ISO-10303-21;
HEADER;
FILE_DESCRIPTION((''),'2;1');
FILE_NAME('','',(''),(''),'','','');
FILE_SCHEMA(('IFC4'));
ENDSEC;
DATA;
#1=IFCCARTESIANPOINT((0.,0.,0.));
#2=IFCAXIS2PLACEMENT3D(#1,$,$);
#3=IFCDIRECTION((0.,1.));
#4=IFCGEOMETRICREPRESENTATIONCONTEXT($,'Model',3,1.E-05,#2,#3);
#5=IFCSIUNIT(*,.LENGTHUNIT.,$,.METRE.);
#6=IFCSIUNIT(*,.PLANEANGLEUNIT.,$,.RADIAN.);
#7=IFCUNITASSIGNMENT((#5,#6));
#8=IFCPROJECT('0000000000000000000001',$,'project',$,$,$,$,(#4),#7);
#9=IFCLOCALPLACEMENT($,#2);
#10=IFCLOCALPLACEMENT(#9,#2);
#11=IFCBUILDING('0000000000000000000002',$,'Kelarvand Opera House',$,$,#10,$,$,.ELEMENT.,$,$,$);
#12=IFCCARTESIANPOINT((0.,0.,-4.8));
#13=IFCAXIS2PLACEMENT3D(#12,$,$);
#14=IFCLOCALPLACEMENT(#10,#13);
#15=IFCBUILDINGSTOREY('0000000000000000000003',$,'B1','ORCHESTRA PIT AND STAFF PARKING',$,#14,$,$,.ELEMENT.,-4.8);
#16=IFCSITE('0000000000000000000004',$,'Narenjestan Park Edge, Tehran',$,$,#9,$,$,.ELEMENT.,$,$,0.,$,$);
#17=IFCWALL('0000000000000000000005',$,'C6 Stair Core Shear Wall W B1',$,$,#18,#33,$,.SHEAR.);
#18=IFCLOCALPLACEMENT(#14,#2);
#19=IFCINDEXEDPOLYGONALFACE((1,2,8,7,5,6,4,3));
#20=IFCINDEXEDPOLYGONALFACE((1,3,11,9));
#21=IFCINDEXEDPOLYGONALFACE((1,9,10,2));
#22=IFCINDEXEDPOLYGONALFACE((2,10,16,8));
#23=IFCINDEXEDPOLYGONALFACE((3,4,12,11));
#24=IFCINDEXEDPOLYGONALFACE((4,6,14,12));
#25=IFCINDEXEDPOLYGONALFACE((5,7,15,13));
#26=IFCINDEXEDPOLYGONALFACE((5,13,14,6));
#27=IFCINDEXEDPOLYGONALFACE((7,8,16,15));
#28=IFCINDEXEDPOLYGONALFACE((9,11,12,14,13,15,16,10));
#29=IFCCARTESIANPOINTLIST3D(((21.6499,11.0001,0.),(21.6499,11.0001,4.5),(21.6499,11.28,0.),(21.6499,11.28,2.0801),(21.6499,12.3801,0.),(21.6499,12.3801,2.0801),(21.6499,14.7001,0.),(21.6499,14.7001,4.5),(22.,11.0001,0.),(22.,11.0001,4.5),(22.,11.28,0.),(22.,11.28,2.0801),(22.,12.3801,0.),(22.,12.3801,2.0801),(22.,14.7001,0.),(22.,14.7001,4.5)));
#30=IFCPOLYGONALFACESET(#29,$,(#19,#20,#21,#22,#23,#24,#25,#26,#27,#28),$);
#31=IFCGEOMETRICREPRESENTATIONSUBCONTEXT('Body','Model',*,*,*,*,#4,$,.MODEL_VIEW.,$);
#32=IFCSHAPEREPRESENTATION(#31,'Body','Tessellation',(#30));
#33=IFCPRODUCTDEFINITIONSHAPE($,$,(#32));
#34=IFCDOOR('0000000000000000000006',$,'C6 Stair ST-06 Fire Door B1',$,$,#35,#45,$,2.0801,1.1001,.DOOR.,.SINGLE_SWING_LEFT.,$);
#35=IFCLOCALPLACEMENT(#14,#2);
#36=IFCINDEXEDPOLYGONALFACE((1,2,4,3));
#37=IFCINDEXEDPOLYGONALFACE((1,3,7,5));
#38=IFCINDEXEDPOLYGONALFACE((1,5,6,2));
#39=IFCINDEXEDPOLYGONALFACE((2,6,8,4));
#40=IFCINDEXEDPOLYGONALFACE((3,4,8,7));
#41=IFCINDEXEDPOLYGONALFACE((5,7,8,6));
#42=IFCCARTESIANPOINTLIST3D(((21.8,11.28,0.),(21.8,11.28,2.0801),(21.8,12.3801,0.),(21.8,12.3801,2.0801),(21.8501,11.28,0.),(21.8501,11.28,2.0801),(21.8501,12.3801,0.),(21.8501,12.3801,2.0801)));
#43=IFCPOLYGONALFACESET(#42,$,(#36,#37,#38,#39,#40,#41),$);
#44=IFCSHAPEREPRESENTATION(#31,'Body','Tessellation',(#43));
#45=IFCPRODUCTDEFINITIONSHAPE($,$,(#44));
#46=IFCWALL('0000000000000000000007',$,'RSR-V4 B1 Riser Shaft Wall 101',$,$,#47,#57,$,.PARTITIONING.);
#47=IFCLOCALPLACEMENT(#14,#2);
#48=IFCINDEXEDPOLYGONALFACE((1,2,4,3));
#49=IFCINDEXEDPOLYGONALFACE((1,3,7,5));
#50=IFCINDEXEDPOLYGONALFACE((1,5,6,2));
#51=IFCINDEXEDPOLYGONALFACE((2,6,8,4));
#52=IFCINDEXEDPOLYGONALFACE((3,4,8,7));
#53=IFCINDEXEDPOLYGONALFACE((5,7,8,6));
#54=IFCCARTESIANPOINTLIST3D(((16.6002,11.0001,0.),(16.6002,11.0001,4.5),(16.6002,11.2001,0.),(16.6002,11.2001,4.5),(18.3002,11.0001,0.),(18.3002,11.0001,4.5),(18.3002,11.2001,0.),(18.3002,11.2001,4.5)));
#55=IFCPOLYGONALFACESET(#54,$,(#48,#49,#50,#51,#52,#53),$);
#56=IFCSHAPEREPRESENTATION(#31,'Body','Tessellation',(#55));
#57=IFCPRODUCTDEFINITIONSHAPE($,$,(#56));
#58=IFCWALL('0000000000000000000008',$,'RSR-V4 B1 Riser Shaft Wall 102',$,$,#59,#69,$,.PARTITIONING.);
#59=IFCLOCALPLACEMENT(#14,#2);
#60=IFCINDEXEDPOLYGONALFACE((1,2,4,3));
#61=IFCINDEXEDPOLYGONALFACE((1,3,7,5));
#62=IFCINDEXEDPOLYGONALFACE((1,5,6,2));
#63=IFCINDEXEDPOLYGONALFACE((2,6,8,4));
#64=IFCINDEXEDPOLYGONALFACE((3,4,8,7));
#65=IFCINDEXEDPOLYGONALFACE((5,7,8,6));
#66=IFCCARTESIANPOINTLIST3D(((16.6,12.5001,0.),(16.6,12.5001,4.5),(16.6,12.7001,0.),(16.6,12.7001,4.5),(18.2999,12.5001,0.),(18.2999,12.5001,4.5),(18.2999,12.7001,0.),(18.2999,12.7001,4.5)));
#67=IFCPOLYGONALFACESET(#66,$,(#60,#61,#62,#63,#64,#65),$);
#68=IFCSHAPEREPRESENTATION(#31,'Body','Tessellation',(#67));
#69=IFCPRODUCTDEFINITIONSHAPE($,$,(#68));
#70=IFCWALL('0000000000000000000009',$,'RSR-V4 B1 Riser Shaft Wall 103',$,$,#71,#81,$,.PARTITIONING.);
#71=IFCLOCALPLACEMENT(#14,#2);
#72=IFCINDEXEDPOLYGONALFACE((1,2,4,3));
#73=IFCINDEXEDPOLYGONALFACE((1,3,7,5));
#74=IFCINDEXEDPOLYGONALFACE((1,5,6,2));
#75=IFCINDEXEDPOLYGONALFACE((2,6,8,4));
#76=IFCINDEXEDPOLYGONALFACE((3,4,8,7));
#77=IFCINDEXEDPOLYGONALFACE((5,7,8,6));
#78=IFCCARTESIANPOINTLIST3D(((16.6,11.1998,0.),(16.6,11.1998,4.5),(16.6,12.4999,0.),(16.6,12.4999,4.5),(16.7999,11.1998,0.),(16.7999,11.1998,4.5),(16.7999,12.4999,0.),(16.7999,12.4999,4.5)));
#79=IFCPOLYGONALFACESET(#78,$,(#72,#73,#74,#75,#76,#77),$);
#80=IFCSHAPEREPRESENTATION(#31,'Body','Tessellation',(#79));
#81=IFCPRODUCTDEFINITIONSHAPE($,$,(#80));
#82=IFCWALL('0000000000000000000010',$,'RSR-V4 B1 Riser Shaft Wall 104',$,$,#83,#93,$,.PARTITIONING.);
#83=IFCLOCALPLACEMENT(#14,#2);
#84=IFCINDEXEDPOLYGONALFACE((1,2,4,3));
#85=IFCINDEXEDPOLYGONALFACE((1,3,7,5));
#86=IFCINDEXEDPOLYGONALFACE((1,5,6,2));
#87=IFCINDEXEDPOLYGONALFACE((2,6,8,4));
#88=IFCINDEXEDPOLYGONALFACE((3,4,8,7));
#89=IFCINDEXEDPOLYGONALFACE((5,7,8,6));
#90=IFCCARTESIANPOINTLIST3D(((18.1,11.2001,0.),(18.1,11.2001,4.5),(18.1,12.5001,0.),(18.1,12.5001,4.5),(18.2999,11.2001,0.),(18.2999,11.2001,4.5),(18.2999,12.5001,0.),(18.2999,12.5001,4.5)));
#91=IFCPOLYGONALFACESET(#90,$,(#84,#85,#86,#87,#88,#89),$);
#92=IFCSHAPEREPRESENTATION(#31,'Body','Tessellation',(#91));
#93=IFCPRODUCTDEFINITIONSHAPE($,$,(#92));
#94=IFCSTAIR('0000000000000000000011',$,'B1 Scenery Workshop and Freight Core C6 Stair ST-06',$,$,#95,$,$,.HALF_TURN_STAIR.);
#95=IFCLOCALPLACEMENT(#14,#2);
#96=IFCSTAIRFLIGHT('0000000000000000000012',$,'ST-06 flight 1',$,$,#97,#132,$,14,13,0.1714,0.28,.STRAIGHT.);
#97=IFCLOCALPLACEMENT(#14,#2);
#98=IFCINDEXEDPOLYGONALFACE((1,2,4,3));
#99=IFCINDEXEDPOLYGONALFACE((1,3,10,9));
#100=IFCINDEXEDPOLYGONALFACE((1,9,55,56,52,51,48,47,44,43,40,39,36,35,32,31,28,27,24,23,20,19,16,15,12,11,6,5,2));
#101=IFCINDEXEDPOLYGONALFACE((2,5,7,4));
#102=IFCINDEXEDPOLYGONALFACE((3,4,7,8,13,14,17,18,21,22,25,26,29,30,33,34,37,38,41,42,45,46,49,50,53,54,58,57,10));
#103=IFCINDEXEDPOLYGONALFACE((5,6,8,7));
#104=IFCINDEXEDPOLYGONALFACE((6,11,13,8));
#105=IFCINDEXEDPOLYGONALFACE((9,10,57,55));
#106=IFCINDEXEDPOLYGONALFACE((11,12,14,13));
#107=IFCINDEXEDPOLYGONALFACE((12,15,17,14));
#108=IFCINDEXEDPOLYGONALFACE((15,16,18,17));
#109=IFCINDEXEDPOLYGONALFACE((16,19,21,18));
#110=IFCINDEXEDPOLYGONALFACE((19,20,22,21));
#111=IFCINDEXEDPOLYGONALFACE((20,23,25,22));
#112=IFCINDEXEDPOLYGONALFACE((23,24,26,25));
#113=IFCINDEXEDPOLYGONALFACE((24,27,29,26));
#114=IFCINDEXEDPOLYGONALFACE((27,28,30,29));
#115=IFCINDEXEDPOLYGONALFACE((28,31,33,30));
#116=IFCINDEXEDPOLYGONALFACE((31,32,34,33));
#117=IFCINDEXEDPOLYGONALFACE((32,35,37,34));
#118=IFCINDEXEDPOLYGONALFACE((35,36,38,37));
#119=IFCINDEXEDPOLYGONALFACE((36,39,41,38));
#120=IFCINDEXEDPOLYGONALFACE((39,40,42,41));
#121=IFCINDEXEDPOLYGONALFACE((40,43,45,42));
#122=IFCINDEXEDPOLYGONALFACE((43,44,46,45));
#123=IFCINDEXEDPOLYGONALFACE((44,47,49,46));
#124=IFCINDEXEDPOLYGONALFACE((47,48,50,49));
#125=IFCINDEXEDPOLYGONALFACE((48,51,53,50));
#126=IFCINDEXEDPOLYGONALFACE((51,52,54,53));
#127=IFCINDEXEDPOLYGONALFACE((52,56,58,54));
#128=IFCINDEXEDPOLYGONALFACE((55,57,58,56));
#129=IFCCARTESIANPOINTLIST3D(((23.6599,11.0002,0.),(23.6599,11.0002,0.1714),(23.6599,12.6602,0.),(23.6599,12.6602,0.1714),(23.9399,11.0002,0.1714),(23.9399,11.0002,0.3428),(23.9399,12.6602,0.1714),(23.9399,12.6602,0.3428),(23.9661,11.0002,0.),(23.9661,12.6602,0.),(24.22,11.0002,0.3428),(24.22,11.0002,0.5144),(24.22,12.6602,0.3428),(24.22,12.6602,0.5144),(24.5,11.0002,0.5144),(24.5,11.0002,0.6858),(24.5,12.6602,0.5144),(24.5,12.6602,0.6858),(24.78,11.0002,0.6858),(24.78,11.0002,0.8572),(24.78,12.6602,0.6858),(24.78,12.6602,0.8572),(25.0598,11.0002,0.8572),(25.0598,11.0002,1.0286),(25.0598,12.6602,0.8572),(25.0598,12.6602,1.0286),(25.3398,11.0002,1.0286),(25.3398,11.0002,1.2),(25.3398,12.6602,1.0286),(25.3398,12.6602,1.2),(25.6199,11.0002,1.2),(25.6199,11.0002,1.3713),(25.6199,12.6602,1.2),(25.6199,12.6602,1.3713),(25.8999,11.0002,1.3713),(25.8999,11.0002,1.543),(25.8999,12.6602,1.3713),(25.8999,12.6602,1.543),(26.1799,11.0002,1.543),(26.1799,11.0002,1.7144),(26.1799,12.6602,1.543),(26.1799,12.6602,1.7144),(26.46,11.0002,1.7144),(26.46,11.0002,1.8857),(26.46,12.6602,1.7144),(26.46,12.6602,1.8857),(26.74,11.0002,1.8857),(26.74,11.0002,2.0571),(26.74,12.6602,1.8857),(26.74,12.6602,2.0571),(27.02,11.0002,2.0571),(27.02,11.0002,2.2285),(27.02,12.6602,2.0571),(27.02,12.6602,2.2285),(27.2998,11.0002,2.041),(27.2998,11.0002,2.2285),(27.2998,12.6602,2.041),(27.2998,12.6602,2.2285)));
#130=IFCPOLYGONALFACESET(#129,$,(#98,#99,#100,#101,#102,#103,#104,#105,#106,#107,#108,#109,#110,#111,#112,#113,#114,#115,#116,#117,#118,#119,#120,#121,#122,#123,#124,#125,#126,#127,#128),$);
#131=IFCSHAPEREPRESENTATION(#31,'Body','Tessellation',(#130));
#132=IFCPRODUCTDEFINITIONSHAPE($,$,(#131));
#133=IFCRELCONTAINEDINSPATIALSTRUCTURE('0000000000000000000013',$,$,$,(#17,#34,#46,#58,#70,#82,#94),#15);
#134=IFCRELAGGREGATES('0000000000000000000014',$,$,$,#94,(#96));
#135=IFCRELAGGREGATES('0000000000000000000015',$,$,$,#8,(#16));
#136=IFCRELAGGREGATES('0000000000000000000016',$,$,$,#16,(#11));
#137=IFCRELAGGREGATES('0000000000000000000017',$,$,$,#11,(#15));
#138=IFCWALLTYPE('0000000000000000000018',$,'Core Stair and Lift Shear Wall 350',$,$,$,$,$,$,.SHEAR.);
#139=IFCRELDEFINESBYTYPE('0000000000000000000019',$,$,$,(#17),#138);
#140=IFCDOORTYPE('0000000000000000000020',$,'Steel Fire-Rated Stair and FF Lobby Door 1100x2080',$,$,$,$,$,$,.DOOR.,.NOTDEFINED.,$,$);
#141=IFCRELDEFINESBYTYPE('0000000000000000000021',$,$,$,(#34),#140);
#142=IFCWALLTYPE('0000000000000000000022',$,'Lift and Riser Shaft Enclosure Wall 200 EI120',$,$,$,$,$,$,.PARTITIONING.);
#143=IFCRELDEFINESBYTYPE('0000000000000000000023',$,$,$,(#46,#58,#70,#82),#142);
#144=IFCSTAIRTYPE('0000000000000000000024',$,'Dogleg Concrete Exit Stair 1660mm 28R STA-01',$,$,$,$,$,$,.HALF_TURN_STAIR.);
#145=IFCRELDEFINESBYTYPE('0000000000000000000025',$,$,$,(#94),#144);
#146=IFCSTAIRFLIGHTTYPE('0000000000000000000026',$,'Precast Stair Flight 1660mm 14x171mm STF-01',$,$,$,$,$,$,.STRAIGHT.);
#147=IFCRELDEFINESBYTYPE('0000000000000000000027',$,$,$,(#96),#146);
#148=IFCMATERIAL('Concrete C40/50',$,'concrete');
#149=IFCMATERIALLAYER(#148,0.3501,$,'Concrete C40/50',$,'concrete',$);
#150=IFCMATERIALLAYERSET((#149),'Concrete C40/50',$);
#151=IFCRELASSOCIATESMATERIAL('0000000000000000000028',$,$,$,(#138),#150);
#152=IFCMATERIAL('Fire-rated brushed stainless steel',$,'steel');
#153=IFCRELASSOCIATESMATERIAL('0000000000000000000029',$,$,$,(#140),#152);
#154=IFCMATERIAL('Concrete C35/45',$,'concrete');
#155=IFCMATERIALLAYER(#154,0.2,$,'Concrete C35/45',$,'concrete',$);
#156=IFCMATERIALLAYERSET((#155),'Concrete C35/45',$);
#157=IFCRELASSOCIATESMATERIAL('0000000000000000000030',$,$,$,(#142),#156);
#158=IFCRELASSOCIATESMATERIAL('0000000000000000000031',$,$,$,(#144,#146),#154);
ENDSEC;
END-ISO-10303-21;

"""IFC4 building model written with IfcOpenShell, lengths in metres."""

from ifc_helpers import new_model, si_unit, direction, frame, frame_2d, origin, place, context, subcontext, project, spatial, polyline, rectangle, outline, extrude, material, layer, layer_set, type_object, element, fill, aggregate, save


model = new_model("IFC4")

# Units and contexts
model_context = context("Model", 3, precision=1e-05, world=origin(), true_north=direction((0.0, 1.0)))
body_context = subcontext(model_context, "Body", "Model", "MODEL_VIEW")
ifc_project = project(units=[si_unit("LENGTHUNIT", "METRE"), si_unit("PLANEANGLEUNIT", "RADIAN")], contexts=[model_context])

# Site, building, storey
site_placement = place(None, origin())
site = spatial("IfcSite", under=ifc_project, at=site_placement, Name="Narenjestan Park Edge, Tehran", CompositionType="ELEMENT", RefElevation=0.0)
building_placement = place(site_placement, origin())
building = spatial("IfcBuilding", under=site, at=building_placement, Name="Kelarvand Opera House", CompositionType="ELEMENT")
storey_placement = place(building_placement, frame((0.0, 0.0, -4.8)))
storey = spatial("IfcBuildingStorey", under=building, at=storey_placement, Name="B1", Description="ORCHESTRA PIT AND STAFF PARKING", CompositionType="ELEMENT", Elevation=-4.8)

# Shared definitions
ifc_material_1 = material(Name="Concrete C40/50", Category="concrete")

# Shared definitions
ifc_material_2 = material(Name="Concrete C35/45", Category="concrete")

# Shared definitions
ifc_layer_1 = layer(ifc_material_1, 0.3501, Name="Concrete C40/50", Category="concrete")
ifc_layer_set_1 = layer_set([ifc_layer_1], Name="Concrete C40/50")
wall_type_1 = type_object("IfcWallType", Name="Core Stair and Lift Shear Wall 350", PredefinedType="SHEAR", material=ifc_layer_set_1)

# Wall, opening, door
wall_1_placement = place(storey_placement, frame((21.825, 11.0, 0.0), z_axis=(0.0, 0.0, 1.0), x_axis=(0.0, 1.0, 0.0)))
wall_1 = element("IfcWall", 1, at=wall_1_placement, inside=storey, type_object=wall_type_1, Name="C6 Stair Core Shear Wall W B1", PredefinedType="SHEAR", context=body_context, shape_type="SweptSolid", body=[
    extrude(rectangle(XDim=3.7, YDim=0.3501, at=frame_2d((1.8501, 0.0))), origin(), (0.0, 0.0, 1.0), 4.5),
])
opening_placement = place(wall_1_placement, frame((0.28, 0.0, 0.0)))
opening = element("IfcOpeningElement", 2, at=opening_placement, cuts=wall_1, PredefinedType="OPENING", context=body_context, shape_type="SweptSolid", body=[
    extrude(rectangle(XDim=1.1001, YDim=2.0801, at=frame_2d((0.55, 1.04))), frame((0.0, 0.1851, 0.0), z_axis=(0.0, -1.0, 0.0), x_axis=(1.0, 0.0, 0.0)), (0.0, 0.0, 1.0), 0.3701),
])
ifc_material_3 = material(Name="Fire-rated brushed stainless steel", Category="steel")
door_type = type_object("IfcDoorType", Name="Steel Fire-Rated Stair and FF Lobby Door 1100x2080", OperationType="NOTDEFINED", PredefinedType="DOOR", material=ifc_material_3)
door_placement = place(opening_placement, origin())
door = element("IfcDoor", 3, at=door_placement, inside=storey, type_object=door_type, Name="C6 Stair ST-06 Fire Door B1", OperationType="SINGLE_SWING_LEFT", OverallHeight=2.0801, OverallWidth=1.1001, PredefinedType="DOOR", context=body_context, shape_type="SweptSolid", body=[
    extrude(rectangle(XDim=1.1001, YDim=2.0801, at=frame_2d((0.55, 1.04))), frame((0.0, 0.0249, 0.0), z_axis=(0.0, -1.0, 0.0), x_axis=(1.0, 0.0, 0.0)), (0.0, 0.0, 1.0), 0.05),
])
fill(opening, door)

# Walls
ifc_layer_2 = layer(ifc_material_2, 0.2, Name="Concrete C35/45", Category="concrete")
ifc_layer_set_2 = layer_set([ifc_layer_2], Name="Concrete C35/45")
wall_type_2 = type_object("IfcWallType", Name="Lift and Riser Shaft Enclosure Wall 200 EI120", PredefinedType="PARTITIONING", material=ifc_layer_set_2)
for number, where, z_axis, x_axis, name in (
    (4, (16.6001, 11.1001, 0.0), (0.0, 0.0, 1.0), (1.0, 0.0, 0.0), "RSR-V4 B1 Riser Shaft Wall 101"),
    (5, (18.3, 12.6001, 0.0), (0.0, 0.0, 1.0), (-1.0, 0.0, 0.0), "RSR-V4 B1 Riser Shaft Wall 102"),
):
    element("IfcWall", number, at=place(storey_placement, frame(where, z_axis=z_axis, x_axis=x_axis)), inside=storey, type_object=wall_type_2, Name=name, PredefinedType="PARTITIONING", context=body_context, shape_type="SweptSolid", body=[
        extrude(rectangle(XDim=1.7, YDim=0.2, at=frame_2d((0.8501, 0.0))), origin(), (0.0, 0.0, 1.0), 4.5),
    ])
for number, where, z_axis, x_axis, name in (
    (6, (16.7, 11.2, 0.0), (0.0, 0.0, 1.0), (0.0, 1.0, 0.0), "RSR-V4 B1 Riser Shaft Wall 103"),
    (7, (18.2, 12.5, 0.0), (0.0, 0.0, 1.0), (0.0, -1.0, 0.0), "RSR-V4 B1 Riser Shaft Wall 104"),
):
    element("IfcWall", number, at=place(storey_placement, frame(where, z_axis=z_axis, x_axis=x_axis)), inside=storey, type_object=wall_type_2, Name=name, PredefinedType="PARTITIONING", context=body_context, shape_type="SweptSolid", body=[
        extrude(rectangle(XDim=1.3, YDim=0.2, at=frame_2d((0.6499, 0.0))), origin(), (0.0, 0.0, 1.0), 4.5),
    ])

# Stair, stair flight
stair_type = type_object("IfcStairType", Name="Dogleg Concrete Exit Stair 1660mm 28R STA-01", PredefinedType="HALF_TURN_STAIR", material=ifc_material_2)
stair_placement = place(storey_placement, origin())
stair = element("IfcStair", 8, at=stair_placement, inside=storey, type_object=stair_type, Name="B1 Scenery Workshop and Freight Core C6 Stair ST-06", PredefinedType="HALF_TURN_STAIR")
stair_flight_type = type_object("IfcStairFlightType", Name="Precast Stair Flight 1660mm 14x171mm STF-01", PredefinedType="STRAIGHT", material=ifc_material_2)
stair_flight_placement = place(storey_placement, frame((23.6599, 11.8301, 0.0), z_axis=(0.0, 0.0, 1.0), x_axis=(1.0, 0.0, 0.0)))
stair_flight = element("IfcStairFlight", 9, at=stair_flight_placement, type_object=stair_flight_type, Name="ST-06 flight 1", NumberOfRisers=14, NumberOfTreads=13, PredefinedType="STRAIGHT", RiserHeight=0.1714, TreadLength=0.28, context=body_context, shape_type="SweptSolid", body=[
    extrude(outline(polyline([(0.0, 0.0), (0.0, 0.1714), (0.28, 0.1714), (0.28, 0.3428), (0.5601, 0.3428), (0.5601, 0.5144), (0.8401, 0.5144), (0.8401, 0.6858), (1.1201, 0.6858), (1.1201, 0.8572), (1.3999, 0.8572), (1.3999, 1.0286), (1.6799, 1.0286), (1.6799, 1.2), (1.96, 1.2), (1.96, 1.3713), (2.24, 1.3713), (2.24, 1.543), (2.52, 1.543), (2.52, 1.7144), (2.8, 1.7144), (2.8, 1.8857), (3.0801, 1.8857), (3.0801, 2.0571), (3.3601, 2.0571), (3.3601, 2.2285), (3.6399, 2.2285), (3.6399, 2.3999), (3.6399, 2.041), (0.3062, 0.0), (0.0, 0.0)])), frame((0.0, 0.8301, 0.0), z_axis=(0.0, -1.0, 0.0), x_axis=(1.0, 0.0, 0.0)), (0.0, 0.0, 1.0), 1.6599),
])
aggregate(stair, [stair_flight])

save(model, "model.ifc")
